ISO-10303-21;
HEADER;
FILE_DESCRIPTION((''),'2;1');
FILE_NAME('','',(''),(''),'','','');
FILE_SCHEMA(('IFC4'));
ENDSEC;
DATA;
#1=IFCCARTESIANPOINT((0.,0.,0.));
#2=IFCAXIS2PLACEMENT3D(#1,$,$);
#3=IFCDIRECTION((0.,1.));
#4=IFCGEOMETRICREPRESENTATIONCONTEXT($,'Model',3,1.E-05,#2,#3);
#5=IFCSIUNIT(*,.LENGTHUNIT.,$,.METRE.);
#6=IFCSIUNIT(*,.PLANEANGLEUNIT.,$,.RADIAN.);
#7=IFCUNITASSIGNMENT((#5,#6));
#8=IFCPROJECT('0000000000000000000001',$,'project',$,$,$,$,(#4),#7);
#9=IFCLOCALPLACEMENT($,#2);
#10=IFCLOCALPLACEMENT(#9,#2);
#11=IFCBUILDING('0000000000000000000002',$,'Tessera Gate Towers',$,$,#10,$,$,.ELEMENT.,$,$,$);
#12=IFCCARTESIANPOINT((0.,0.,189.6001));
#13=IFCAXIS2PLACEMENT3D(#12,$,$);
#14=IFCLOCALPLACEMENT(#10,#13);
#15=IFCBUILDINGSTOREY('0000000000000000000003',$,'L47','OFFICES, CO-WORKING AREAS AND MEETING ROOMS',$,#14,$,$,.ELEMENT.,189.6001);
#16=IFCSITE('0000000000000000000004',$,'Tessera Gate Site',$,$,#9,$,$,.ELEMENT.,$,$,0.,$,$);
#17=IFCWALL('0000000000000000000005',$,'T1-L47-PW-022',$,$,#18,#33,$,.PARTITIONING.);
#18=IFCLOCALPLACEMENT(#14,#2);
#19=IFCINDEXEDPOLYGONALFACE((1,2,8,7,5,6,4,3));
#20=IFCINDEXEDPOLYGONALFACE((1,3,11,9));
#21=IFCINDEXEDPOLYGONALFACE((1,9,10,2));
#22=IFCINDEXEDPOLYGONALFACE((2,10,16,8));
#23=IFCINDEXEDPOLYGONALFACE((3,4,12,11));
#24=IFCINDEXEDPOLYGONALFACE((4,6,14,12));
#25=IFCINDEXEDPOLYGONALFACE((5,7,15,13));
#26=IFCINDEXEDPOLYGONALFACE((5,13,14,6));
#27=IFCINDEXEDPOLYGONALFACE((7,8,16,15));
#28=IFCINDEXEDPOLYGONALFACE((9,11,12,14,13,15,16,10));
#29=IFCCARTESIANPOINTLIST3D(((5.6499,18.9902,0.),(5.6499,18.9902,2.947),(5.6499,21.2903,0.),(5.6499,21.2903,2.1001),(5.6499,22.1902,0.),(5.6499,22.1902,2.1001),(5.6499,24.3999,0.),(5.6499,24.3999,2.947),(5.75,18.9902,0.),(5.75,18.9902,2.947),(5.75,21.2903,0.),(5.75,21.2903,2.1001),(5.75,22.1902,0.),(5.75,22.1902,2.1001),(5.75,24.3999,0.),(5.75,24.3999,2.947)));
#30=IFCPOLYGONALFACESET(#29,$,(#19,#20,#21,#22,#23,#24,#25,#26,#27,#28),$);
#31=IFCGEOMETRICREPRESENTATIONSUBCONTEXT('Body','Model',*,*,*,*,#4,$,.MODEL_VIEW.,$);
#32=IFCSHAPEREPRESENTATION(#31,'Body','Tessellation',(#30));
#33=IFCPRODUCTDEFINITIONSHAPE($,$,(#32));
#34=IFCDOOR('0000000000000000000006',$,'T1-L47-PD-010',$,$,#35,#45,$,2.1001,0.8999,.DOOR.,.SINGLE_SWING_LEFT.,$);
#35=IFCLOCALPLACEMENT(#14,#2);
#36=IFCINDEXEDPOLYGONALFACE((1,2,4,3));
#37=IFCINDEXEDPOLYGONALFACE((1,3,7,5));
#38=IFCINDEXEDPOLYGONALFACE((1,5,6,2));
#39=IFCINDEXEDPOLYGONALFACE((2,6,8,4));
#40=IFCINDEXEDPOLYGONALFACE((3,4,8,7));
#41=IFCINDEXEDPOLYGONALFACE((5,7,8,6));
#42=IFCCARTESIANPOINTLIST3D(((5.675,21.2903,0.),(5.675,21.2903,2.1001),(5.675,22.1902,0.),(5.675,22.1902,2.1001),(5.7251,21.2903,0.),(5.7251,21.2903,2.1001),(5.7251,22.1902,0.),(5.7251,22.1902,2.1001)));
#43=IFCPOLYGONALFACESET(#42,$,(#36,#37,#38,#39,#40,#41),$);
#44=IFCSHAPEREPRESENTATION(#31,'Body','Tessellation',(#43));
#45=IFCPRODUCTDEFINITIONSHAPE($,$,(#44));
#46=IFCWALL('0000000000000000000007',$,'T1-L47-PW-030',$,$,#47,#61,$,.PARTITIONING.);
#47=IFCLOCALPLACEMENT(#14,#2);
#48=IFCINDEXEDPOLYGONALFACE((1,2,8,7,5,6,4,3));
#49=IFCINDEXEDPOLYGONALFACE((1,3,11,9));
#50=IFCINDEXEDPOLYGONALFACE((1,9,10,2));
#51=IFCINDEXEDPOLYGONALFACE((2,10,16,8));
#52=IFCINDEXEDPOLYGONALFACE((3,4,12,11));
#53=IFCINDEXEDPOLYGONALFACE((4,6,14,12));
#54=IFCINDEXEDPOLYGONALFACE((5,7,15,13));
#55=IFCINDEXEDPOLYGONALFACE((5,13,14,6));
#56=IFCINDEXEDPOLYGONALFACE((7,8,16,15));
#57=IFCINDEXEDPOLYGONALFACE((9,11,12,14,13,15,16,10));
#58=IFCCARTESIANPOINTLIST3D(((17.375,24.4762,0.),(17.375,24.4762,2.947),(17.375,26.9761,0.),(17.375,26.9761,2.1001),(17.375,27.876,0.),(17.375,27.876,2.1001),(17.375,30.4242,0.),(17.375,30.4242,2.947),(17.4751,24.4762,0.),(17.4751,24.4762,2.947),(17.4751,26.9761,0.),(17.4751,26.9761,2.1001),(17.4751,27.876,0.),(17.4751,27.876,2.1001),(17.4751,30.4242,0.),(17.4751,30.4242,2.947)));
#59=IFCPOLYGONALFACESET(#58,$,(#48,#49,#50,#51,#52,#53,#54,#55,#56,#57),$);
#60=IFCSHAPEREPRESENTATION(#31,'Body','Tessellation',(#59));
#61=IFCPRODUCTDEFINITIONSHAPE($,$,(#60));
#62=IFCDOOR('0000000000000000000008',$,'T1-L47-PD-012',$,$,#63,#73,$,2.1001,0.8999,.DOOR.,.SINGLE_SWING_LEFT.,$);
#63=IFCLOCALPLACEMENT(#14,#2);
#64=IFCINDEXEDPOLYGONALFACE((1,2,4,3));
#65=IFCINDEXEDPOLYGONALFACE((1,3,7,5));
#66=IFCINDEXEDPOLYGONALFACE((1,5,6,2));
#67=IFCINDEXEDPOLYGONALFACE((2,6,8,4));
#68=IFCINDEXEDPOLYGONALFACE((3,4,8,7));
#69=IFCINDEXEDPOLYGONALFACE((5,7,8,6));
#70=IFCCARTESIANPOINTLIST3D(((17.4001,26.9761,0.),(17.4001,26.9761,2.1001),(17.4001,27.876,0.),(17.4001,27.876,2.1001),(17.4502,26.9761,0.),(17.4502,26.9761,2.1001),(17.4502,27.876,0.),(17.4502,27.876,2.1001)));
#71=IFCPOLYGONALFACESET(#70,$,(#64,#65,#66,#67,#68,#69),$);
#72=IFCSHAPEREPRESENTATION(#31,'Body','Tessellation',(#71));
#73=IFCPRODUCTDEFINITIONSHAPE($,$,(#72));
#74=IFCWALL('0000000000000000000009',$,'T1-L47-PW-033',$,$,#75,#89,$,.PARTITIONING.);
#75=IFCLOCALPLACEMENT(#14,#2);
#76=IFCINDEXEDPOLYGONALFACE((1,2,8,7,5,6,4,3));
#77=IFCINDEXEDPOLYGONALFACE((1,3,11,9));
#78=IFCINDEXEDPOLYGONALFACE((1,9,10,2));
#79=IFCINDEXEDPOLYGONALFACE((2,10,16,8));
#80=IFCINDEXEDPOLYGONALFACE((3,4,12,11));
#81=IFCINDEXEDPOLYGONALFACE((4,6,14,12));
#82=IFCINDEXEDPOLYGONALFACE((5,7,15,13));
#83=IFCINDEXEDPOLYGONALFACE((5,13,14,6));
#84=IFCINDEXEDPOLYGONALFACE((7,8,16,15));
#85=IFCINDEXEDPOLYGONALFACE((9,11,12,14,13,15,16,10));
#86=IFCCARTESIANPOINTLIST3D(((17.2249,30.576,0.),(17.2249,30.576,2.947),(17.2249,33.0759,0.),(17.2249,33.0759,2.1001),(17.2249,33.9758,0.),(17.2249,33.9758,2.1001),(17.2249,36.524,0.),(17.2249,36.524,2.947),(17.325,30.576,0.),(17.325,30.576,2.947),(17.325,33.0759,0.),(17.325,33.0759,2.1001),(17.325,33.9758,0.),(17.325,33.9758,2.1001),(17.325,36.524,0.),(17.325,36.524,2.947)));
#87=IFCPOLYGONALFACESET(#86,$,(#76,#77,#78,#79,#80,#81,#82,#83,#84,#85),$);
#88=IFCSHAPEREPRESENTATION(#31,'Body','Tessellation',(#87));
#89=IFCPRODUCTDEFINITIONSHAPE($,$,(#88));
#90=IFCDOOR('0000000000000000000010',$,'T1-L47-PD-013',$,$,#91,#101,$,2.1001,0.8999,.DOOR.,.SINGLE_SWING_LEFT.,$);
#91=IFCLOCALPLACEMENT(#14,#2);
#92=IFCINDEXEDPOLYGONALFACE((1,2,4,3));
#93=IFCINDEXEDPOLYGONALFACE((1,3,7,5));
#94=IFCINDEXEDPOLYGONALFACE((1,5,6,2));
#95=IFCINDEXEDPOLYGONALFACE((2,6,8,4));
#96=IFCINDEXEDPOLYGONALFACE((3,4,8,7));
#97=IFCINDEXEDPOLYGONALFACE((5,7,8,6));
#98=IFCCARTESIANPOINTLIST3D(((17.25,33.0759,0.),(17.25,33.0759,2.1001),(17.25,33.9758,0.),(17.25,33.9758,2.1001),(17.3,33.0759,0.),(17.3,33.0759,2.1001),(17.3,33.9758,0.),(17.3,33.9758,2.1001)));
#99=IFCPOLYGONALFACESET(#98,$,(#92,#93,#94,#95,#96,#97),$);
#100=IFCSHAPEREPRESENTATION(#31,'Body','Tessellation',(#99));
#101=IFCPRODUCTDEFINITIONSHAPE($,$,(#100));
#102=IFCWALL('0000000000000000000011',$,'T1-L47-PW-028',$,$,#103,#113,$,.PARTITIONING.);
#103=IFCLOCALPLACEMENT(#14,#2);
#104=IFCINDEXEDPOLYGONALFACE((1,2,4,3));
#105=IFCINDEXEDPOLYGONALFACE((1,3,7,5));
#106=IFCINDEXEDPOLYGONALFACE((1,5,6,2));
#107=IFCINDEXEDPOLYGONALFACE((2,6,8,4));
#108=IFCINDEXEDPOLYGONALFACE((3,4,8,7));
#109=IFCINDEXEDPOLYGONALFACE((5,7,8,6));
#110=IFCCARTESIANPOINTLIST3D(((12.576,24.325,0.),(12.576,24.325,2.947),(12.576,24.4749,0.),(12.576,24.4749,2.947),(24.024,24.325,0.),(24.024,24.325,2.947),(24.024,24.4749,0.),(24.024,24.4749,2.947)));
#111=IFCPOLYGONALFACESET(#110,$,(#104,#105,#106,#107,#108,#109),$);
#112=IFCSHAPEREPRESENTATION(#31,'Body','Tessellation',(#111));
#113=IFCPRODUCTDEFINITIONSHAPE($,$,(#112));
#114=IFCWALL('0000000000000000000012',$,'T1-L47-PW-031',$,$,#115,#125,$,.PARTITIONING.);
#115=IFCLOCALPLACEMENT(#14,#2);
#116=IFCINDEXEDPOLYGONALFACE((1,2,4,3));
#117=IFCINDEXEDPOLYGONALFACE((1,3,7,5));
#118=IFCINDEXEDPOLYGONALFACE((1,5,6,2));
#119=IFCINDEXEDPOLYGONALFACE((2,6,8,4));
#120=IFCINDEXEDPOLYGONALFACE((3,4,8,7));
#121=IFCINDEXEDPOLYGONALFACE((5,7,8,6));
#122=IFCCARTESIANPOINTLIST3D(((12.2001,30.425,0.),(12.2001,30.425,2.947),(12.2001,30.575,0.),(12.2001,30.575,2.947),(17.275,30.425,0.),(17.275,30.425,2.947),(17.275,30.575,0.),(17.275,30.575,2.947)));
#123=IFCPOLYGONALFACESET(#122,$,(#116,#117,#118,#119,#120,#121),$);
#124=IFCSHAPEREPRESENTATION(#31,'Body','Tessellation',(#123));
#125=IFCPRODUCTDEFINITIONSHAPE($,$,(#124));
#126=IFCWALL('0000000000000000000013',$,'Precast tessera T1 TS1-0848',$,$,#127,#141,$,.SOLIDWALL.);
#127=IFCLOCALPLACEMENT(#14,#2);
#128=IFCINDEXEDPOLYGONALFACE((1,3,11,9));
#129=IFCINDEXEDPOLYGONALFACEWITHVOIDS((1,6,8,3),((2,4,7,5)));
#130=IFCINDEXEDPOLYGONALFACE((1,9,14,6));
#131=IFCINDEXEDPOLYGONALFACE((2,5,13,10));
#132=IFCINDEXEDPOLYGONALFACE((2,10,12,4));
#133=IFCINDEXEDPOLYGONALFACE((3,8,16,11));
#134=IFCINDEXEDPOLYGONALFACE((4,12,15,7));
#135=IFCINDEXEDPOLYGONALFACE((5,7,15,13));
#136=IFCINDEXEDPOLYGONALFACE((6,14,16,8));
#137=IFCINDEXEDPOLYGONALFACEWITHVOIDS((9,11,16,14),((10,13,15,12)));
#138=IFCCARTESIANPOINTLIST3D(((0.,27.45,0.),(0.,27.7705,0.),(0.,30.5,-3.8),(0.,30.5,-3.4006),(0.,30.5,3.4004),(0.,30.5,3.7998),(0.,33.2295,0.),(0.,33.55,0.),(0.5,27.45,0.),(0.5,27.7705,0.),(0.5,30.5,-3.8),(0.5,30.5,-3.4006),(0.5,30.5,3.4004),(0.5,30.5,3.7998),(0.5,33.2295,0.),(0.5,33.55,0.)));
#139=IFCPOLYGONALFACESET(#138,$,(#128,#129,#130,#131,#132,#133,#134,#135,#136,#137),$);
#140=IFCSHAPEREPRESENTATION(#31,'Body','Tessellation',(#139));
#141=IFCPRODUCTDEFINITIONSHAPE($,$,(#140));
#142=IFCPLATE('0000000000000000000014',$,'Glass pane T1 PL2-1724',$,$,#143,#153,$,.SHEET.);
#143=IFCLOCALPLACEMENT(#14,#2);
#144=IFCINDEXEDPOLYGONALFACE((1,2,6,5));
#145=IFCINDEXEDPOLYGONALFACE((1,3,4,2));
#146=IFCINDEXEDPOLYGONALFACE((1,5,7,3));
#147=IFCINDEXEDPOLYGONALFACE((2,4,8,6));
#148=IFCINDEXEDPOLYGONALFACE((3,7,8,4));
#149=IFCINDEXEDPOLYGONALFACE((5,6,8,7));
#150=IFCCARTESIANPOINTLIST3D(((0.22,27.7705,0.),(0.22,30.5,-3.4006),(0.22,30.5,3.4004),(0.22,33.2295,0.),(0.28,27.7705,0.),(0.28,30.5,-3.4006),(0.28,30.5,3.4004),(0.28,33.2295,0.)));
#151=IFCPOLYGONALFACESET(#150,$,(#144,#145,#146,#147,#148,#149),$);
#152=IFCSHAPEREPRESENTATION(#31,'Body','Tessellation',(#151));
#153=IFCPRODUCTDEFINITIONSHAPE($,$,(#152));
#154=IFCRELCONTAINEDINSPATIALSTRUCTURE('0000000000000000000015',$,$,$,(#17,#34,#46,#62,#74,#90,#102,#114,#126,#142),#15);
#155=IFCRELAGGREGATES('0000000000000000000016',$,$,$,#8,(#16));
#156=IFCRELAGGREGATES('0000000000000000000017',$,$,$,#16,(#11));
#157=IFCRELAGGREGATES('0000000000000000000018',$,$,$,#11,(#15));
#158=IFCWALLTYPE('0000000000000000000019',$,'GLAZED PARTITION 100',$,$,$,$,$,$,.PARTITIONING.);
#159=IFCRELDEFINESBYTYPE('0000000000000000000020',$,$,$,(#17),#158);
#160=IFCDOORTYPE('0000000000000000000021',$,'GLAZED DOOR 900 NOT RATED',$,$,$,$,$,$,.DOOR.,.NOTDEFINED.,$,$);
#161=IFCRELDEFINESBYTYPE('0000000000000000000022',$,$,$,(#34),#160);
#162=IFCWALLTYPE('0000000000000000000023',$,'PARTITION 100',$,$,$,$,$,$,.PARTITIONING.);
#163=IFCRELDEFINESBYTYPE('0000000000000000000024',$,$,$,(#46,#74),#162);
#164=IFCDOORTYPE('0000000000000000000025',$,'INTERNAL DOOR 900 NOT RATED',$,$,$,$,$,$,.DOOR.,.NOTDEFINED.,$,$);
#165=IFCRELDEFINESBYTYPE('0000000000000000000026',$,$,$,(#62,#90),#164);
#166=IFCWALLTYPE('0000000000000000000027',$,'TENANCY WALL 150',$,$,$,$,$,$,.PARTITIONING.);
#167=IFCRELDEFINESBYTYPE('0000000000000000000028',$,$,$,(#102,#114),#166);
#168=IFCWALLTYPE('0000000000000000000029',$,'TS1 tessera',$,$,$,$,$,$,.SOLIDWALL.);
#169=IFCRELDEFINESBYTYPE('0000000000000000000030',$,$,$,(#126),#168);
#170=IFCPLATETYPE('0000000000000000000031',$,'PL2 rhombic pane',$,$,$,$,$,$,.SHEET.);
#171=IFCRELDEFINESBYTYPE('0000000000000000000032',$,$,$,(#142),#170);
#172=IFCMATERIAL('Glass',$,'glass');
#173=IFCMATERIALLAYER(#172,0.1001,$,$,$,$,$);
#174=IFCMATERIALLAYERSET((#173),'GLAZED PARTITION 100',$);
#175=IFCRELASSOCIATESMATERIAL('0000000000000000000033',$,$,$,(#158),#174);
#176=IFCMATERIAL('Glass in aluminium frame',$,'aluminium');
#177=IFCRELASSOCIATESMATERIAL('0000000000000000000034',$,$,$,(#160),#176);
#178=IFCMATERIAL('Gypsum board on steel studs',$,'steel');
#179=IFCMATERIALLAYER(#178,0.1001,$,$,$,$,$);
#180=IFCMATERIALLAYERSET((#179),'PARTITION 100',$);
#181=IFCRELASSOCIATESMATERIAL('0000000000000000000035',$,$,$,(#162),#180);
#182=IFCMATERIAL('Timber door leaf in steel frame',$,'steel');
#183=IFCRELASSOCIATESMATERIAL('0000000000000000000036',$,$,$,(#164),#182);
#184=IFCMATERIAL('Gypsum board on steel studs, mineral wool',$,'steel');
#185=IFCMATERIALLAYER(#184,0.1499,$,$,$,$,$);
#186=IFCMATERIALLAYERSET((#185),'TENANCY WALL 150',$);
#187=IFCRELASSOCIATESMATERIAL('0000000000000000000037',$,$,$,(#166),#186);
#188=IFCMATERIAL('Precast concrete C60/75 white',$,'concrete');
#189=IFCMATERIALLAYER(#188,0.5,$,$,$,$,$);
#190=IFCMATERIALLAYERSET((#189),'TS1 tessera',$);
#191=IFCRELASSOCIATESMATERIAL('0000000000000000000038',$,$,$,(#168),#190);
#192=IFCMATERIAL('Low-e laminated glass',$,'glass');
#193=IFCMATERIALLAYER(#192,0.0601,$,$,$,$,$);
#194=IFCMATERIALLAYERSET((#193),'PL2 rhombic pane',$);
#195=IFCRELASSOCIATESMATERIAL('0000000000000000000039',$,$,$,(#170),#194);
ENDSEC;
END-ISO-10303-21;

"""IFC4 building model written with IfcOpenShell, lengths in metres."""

from ifc_helpers import new_model, si_unit, direction, frame, frame_2d, origin, place, context, subcontext, project, spatial, polyline, rectangle, outline, extrude, source, transform, mapped, material, layer, layer_set, type_object, element, fill, save


model = new_model("IFC4")

# Units and contexts
model_context = context("Model", 3, precision=1e-05, world=origin(), true_north=direction((0.0, 1.0)))
body_context = subcontext(model_context, "Body", "Model", "MODEL_VIEW")
ifc_project = project(units=[si_unit("LENGTHUNIT", "METRE"), si_unit("PLANEANGLEUNIT", "RADIAN")], contexts=[model_context])

# Site, building, storey
site_placement = place(None, origin())
site = spatial("IfcSite", under=ifc_project, at=site_placement, Name="Tessera Gate Site", CompositionType="ELEMENT", RefElevation=0.0)
building_placement = place(site_placement, origin())
building = spatial("IfcBuilding", under=site, at=building_placement, Name="Tessera Gate Towers", CompositionType="ELEMENT")
storey_placement = place(building_placement, frame((0.0, 0.0, 189.6001)))
storey = spatial("IfcBuildingStorey", under=building, at=storey_placement, Name="L47", Description="OFFICES, CO-WORKING AREAS AND MEETING ROOMS", CompositionType="ELEMENT", Elevation=189.6001)

# Walls, openings, doors
ifc_material_1 = material(Name="Glass", Category="glass")
ifc_layer_1 = layer(ifc_material_1, 0.1001)
ifc_layer_set_1 = layer_set([ifc_layer_1], Name="GLAZED PARTITION 100")
wall_type_1 = type_object("IfcWallType", Name="GLAZED PARTITION 100", PredefinedType="PARTITIONING", material=ifc_layer_set_1)
wall_1_placement = place(storey_placement, frame((5.7, 18.9902, 0.0), z_axis=(0.0, 0.0, 1.0), x_axis=(0.0, 1.0, 0.0)))
wall_1 = element("IfcWall", 1, at=wall_1_placement, inside=storey, type_object=wall_type_1, Name="T1-L47-PW-022", PredefinedType="PARTITIONING", context=body_context, shape_type="SweptSolid", body=[
    extrude(rectangle(XDim=5.4097, YDim=0.1001, at=frame_2d((2.7048, 0.0))), origin(), (0.0, 0.0, 1.0), 2.947),
])
shared_shape_1 = source(origin(), body_context, "Body", "SweptSolid", [
    extrude(rectangle(XDim=0.8999, YDim=2.1001, at=frame_2d((0.45, 1.05))), frame((0.0, 0.0601, 0.0), z_axis=(0.0, -1.0, 0.0), x_axis=(1.0, 0.0, 0.0)), (0.0, 0.0, 1.0), 0.1201),
])
opening_1_placement = place(wall_1_placement, frame((2.3, 0.0, 0.0)))
opening_1 = element("IfcOpeningElement", 2, at=opening_1_placement, cuts=wall_1, PredefinedType="OPENING", context=body_context, shape_type="MappedRepresentation", body=[
    mapped(shared_shape_1, transform((0.0, 0.0, 0.0), scale=1.0)),
])
ifc_material_2 = material(Name="Glass in aluminium frame", Category="aluminium")
door_type_1 = type_object("IfcDoorType", Name="GLAZED DOOR 900 NOT RATED", OperationType="NOTDEFINED", PredefinedType="DOOR", material=ifc_material_2)
shared_shape_2 = source(origin(), body_context, "Body", "SweptSolid", [
    extrude(rectangle(XDim=0.8999, YDim=2.1001, at=frame_2d((0.45, 1.05))), frame((0.0, 0.0249, 0.0), z_axis=(0.0, -1.0, 0.0), x_axis=(1.0, 0.0, 0.0)), (0.0, 0.0, 1.0), 0.05),
])
door_1_placement = place(opening_1_placement, origin())
door_1 = element("IfcDoor", 3, at=door_1_placement, inside=storey, type_object=door_type_1, Name="T1-L47-PD-010", OperationType="SINGLE_SWING_LEFT", OverallHeight=2.1001, OverallWidth=0.8999, PredefinedType="DOOR", context=body_context, shape_type="MappedRepresentation", body=[
    mapped(shared_shape_2, transform((0.0, 0.0, 0.0), scale=1.0)),
])
fill(opening_1, door_1)
ifc_material_3 = material(Name="Gypsum board on steel studs", Category="steel")
ifc_layer_2 = layer(ifc_material_3, 0.1001)
ifc_layer_set_2 = layer_set([ifc_layer_2], Name="PARTITION 100")
wall_type_2 = type_object("IfcWallType", Name="PARTITION 100", PredefinedType="PARTITIONING", material=ifc_layer_set_2)
wall_2_placement = place(storey_placement, frame((17.425, 24.4761, 0.0), z_axis=(0.0, 0.0, 1.0), x_axis=(0.0, 1.0, 0.0)))
wall_2 = element("IfcWall", 4, at=wall_2_placement, inside=storey, type_object=wall_type_2, Name="T1-L47-PW-030", PredefinedType="PARTITIONING", context=body_context, shape_type="SweptSolid", body=[
    extrude(rectangle(XDim=5.948, YDim=0.1001, at=frame_2d((2.9741, 0.0))), origin(), (0.0, 0.0, 1.0), 2.947),
])
opening_2_placement = place(wall_2_placement, frame((2.5, 0.0, 0.0)))
opening_2 = element("IfcOpeningElement", 5, at=opening_2_placement, cuts=wall_2, PredefinedType="OPENING", context=body_context, shape_type="MappedRepresentation", body=[
    mapped(shared_shape_1, transform((0.0, 0.0, 0.0), scale=1.0)),
])
ifc_material_4 = material(Name="Timber door leaf in steel frame", Category="steel")
door_type_2 = type_object("IfcDoorType", Name="INTERNAL DOOR 900 NOT RATED", OperationType="NOTDEFINED", PredefinedType="DOOR", material=ifc_material_4)
door_2_placement = place(opening_2_placement, origin())
door_2 = element("IfcDoor", 6, at=door_2_placement, inside=storey, type_object=door_type_2, Name="T1-L47-PD-012", OperationType="SINGLE_SWING_LEFT", OverallHeight=2.1001, OverallWidth=0.8999, PredefinedType="DOOR", context=body_context, shape_type="MappedRepresentation", body=[
    mapped(shared_shape_2, transform((0.0, 0.0, 0.0), scale=1.0)),
])
fill(opening_2, door_2)
wall_3_placement = place(storey_placement, frame((17.2749, 30.5759, 0.0), z_axis=(0.0, 0.0, 1.0), x_axis=(0.0, 1.0, 0.0)))
wall_3 = element("IfcWall", 7, at=wall_3_placement, inside=storey, type_object=wall_type_2, Name="T1-L47-PW-033", PredefinedType="PARTITIONING", context=body_context, shape_type="SweptSolid", body=[
    extrude(rectangle(XDim=5.948, YDim=0.1001, at=frame_2d((2.9741, 0.0))), origin(), (0.0, 0.0, 1.0), 2.947),
])
opening_3_placement = place(wall_3_placement, frame((2.5, 0.0, 0.0)))
opening_3 = element("IfcOpeningElement", 8, at=opening_3_placement, cuts=wall_3, PredefinedType="OPENING", context=body_context, shape_type="MappedRepresentation", body=[
    mapped(shared_shape_1, transform((0.0, 0.0, 0.0), scale=1.0)),
])
door_3_placement = place(opening_3_placement, origin())
door_3 = element("IfcDoor", 9, at=door_3_placement, inside=storey, type_object=door_type_2, Name="T1-L47-PD-013", OperationType="SINGLE_SWING_LEFT", OverallHeight=2.1001, OverallWidth=0.8999, PredefinedType="DOOR", context=body_context, shape_type="MappedRepresentation", body=[
    mapped(shared_shape_2, transform((0.0, 0.0, 0.0), scale=1.0)),
])
fill(opening_3, door_3)

# Walls
ifc_material_5 = material(Name="Gypsum board on steel studs, mineral wool", Category="steel")
ifc_layer_3 = layer(ifc_material_5, 0.1499)
ifc_layer_set_3 = layer_set([ifc_layer_3], Name="TENANCY WALL 150")
wall_type_3 = type_object("IfcWallType", Name="TENANCY WALL 150", PredefinedType="PARTITIONING", material=ifc_layer_set_3)
wall_4_placement = place(storey_placement, frame((12.5759, 24.3999, 0.0), z_axis=(0.0, 0.0, 1.0), x_axis=(1.0, 0.0, 0.0)))
element("IfcWall", 10, at=wall_4_placement, inside=storey, type_object=wall_type_3, Name="T1-L47-PW-028", PredefinedType="PARTITIONING", context=body_context, shape_type="SweptSolid", body=[
    extrude(rectangle(XDim=11.448, YDim=0.1499, at=frame_2d((5.7241, 0.0))), origin(), (0.0, 0.0, 1.0), 2.947),
])
wall_5_placement = place(storey_placement, frame((12.2, 30.5, 0.0), z_axis=(0.0, 0.0, 1.0), x_axis=(1.0, 0.0, 0.0)))
element("IfcWall", 11, at=wall_5_placement, inside=storey, type_object=wall_type_3, Name="T1-L47-PW-031", PredefinedType="PARTITIONING", context=body_context, shape_type="SweptSolid", body=[
    extrude(rectangle(XDim=5.075, YDim=0.1499, at=frame_2d((2.5376, 0.0))), origin(), (0.0, 0.0, 1.0), 2.947),
])

# Wall, opening, plate
ifc_material_6 = material(Name="Precast concrete C60/75 white", Category="concrete")
ifc_layer_4 = layer(ifc_material_6, 0.5)
ifc_layer_set_4 = layer_set([ifc_layer_4], Name="TS1 tessera")
wall_type_4 = type_object("IfcWallType", Name="TS1 tessera", PredefinedType="SOLIDWALL", material=ifc_layer_set_4)
shared_shape_3 = source(origin(), body_context, "Body", "SweptSolid", [
    extrude(outline(polyline([(3.05, 0.0), (6.1001, 3.8), (3.05, 7.5999), (0.0, 3.8), (3.05, 0.0)])), frame((0.0, 0.25, 0.0), z_axis=(0.0, -1.0, 0.0), x_axis=(1.0, 0.0, 0.0)), (0.0, 0.0, 1.0), 0.5),
])
wall_6_placement = place(storey_placement, frame((0.25, 33.55, -3.8), z_axis=(0.0, 0.0, 1.0), x_axis=(0.0, -1.0, 0.0)))
wall_6 = element("IfcWall", 12, at=wall_6_placement, inside=storey, type_object=wall_type_4, Name="Precast tessera T1 TS1-0848", PredefinedType="SOLIDWALL", context=body_context, shape_type="MappedRepresentation", body=[
    mapped(shared_shape_3, transform((0.0, 0.0, 0.0), scale=1.0)),
])
shared_shape_4 = source(origin(), body_context, "Body", "SweptSolid", [
    extrude(outline(polyline([(3.05, 0.3994), (5.7795, 3.8), (3.05, 7.2004), (0.3206, 3.8), (3.05, 0.3994)])), frame((0.0, 0.26, 0.0), z_axis=(0.0, -1.0, 0.0), x_axis=(1.0, 0.0, 0.0)), (0.0, 0.0, 1.0), 0.52),
])
opening_4_placement = place(wall_6_placement, origin())
opening_4 = element("IfcOpeningElement", 13, at=opening_4_placement, cuts=wall_6, PredefinedType="OPENING", context=body_context, shape_type="MappedRepresentation", body=[
    mapped(shared_shape_4, transform((0.0, 0.0, 0.0), scale=1.0)),
])
ifc_material_7 = material(Name="Low-e laminated glass", Category="glass")
ifc_layer_5 = layer(ifc_material_7, 0.0601)
ifc_layer_set_5 = layer_set([ifc_layer_5], Name="PL2 rhombic pane")
plate_type_1 = type_object("IfcPlateType", Name="PL2 rhombic pane", PredefinedType="SHEET", material=ifc_layer_set_5)
shared_shape_5 = source(origin(), body_context, "Body", "SweptSolid", [
    extrude(outline(polyline([(3.05, 0.3994), (5.7795, 3.8), (3.05, 7.2004), (0.3206, 3.8), (3.05, 0.3994)])), frame((0.0, 0.03, 0.0), z_axis=(0.0, -1.0, 0.0), x_axis=(1.0, 0.0, 0.0)), (0.0, 0.0, 1.0), 0.0601),
])
plate_1_placement = place(opening_4_placement, origin())
plate_1 = element("IfcPlate", 14, at=plate_1_placement, inside=storey, type_object=plate_type_1, Name="Glass pane T1 PL2-1724", PredefinedType="SHEET", context=body_context, shape_type="MappedRepresentation", body=[
    mapped(shared_shape_5, transform((0.0, 0.0, 0.0), scale=1.0)),
])
fill(opening_4, plate_1)

save(model, "model.ifc")
